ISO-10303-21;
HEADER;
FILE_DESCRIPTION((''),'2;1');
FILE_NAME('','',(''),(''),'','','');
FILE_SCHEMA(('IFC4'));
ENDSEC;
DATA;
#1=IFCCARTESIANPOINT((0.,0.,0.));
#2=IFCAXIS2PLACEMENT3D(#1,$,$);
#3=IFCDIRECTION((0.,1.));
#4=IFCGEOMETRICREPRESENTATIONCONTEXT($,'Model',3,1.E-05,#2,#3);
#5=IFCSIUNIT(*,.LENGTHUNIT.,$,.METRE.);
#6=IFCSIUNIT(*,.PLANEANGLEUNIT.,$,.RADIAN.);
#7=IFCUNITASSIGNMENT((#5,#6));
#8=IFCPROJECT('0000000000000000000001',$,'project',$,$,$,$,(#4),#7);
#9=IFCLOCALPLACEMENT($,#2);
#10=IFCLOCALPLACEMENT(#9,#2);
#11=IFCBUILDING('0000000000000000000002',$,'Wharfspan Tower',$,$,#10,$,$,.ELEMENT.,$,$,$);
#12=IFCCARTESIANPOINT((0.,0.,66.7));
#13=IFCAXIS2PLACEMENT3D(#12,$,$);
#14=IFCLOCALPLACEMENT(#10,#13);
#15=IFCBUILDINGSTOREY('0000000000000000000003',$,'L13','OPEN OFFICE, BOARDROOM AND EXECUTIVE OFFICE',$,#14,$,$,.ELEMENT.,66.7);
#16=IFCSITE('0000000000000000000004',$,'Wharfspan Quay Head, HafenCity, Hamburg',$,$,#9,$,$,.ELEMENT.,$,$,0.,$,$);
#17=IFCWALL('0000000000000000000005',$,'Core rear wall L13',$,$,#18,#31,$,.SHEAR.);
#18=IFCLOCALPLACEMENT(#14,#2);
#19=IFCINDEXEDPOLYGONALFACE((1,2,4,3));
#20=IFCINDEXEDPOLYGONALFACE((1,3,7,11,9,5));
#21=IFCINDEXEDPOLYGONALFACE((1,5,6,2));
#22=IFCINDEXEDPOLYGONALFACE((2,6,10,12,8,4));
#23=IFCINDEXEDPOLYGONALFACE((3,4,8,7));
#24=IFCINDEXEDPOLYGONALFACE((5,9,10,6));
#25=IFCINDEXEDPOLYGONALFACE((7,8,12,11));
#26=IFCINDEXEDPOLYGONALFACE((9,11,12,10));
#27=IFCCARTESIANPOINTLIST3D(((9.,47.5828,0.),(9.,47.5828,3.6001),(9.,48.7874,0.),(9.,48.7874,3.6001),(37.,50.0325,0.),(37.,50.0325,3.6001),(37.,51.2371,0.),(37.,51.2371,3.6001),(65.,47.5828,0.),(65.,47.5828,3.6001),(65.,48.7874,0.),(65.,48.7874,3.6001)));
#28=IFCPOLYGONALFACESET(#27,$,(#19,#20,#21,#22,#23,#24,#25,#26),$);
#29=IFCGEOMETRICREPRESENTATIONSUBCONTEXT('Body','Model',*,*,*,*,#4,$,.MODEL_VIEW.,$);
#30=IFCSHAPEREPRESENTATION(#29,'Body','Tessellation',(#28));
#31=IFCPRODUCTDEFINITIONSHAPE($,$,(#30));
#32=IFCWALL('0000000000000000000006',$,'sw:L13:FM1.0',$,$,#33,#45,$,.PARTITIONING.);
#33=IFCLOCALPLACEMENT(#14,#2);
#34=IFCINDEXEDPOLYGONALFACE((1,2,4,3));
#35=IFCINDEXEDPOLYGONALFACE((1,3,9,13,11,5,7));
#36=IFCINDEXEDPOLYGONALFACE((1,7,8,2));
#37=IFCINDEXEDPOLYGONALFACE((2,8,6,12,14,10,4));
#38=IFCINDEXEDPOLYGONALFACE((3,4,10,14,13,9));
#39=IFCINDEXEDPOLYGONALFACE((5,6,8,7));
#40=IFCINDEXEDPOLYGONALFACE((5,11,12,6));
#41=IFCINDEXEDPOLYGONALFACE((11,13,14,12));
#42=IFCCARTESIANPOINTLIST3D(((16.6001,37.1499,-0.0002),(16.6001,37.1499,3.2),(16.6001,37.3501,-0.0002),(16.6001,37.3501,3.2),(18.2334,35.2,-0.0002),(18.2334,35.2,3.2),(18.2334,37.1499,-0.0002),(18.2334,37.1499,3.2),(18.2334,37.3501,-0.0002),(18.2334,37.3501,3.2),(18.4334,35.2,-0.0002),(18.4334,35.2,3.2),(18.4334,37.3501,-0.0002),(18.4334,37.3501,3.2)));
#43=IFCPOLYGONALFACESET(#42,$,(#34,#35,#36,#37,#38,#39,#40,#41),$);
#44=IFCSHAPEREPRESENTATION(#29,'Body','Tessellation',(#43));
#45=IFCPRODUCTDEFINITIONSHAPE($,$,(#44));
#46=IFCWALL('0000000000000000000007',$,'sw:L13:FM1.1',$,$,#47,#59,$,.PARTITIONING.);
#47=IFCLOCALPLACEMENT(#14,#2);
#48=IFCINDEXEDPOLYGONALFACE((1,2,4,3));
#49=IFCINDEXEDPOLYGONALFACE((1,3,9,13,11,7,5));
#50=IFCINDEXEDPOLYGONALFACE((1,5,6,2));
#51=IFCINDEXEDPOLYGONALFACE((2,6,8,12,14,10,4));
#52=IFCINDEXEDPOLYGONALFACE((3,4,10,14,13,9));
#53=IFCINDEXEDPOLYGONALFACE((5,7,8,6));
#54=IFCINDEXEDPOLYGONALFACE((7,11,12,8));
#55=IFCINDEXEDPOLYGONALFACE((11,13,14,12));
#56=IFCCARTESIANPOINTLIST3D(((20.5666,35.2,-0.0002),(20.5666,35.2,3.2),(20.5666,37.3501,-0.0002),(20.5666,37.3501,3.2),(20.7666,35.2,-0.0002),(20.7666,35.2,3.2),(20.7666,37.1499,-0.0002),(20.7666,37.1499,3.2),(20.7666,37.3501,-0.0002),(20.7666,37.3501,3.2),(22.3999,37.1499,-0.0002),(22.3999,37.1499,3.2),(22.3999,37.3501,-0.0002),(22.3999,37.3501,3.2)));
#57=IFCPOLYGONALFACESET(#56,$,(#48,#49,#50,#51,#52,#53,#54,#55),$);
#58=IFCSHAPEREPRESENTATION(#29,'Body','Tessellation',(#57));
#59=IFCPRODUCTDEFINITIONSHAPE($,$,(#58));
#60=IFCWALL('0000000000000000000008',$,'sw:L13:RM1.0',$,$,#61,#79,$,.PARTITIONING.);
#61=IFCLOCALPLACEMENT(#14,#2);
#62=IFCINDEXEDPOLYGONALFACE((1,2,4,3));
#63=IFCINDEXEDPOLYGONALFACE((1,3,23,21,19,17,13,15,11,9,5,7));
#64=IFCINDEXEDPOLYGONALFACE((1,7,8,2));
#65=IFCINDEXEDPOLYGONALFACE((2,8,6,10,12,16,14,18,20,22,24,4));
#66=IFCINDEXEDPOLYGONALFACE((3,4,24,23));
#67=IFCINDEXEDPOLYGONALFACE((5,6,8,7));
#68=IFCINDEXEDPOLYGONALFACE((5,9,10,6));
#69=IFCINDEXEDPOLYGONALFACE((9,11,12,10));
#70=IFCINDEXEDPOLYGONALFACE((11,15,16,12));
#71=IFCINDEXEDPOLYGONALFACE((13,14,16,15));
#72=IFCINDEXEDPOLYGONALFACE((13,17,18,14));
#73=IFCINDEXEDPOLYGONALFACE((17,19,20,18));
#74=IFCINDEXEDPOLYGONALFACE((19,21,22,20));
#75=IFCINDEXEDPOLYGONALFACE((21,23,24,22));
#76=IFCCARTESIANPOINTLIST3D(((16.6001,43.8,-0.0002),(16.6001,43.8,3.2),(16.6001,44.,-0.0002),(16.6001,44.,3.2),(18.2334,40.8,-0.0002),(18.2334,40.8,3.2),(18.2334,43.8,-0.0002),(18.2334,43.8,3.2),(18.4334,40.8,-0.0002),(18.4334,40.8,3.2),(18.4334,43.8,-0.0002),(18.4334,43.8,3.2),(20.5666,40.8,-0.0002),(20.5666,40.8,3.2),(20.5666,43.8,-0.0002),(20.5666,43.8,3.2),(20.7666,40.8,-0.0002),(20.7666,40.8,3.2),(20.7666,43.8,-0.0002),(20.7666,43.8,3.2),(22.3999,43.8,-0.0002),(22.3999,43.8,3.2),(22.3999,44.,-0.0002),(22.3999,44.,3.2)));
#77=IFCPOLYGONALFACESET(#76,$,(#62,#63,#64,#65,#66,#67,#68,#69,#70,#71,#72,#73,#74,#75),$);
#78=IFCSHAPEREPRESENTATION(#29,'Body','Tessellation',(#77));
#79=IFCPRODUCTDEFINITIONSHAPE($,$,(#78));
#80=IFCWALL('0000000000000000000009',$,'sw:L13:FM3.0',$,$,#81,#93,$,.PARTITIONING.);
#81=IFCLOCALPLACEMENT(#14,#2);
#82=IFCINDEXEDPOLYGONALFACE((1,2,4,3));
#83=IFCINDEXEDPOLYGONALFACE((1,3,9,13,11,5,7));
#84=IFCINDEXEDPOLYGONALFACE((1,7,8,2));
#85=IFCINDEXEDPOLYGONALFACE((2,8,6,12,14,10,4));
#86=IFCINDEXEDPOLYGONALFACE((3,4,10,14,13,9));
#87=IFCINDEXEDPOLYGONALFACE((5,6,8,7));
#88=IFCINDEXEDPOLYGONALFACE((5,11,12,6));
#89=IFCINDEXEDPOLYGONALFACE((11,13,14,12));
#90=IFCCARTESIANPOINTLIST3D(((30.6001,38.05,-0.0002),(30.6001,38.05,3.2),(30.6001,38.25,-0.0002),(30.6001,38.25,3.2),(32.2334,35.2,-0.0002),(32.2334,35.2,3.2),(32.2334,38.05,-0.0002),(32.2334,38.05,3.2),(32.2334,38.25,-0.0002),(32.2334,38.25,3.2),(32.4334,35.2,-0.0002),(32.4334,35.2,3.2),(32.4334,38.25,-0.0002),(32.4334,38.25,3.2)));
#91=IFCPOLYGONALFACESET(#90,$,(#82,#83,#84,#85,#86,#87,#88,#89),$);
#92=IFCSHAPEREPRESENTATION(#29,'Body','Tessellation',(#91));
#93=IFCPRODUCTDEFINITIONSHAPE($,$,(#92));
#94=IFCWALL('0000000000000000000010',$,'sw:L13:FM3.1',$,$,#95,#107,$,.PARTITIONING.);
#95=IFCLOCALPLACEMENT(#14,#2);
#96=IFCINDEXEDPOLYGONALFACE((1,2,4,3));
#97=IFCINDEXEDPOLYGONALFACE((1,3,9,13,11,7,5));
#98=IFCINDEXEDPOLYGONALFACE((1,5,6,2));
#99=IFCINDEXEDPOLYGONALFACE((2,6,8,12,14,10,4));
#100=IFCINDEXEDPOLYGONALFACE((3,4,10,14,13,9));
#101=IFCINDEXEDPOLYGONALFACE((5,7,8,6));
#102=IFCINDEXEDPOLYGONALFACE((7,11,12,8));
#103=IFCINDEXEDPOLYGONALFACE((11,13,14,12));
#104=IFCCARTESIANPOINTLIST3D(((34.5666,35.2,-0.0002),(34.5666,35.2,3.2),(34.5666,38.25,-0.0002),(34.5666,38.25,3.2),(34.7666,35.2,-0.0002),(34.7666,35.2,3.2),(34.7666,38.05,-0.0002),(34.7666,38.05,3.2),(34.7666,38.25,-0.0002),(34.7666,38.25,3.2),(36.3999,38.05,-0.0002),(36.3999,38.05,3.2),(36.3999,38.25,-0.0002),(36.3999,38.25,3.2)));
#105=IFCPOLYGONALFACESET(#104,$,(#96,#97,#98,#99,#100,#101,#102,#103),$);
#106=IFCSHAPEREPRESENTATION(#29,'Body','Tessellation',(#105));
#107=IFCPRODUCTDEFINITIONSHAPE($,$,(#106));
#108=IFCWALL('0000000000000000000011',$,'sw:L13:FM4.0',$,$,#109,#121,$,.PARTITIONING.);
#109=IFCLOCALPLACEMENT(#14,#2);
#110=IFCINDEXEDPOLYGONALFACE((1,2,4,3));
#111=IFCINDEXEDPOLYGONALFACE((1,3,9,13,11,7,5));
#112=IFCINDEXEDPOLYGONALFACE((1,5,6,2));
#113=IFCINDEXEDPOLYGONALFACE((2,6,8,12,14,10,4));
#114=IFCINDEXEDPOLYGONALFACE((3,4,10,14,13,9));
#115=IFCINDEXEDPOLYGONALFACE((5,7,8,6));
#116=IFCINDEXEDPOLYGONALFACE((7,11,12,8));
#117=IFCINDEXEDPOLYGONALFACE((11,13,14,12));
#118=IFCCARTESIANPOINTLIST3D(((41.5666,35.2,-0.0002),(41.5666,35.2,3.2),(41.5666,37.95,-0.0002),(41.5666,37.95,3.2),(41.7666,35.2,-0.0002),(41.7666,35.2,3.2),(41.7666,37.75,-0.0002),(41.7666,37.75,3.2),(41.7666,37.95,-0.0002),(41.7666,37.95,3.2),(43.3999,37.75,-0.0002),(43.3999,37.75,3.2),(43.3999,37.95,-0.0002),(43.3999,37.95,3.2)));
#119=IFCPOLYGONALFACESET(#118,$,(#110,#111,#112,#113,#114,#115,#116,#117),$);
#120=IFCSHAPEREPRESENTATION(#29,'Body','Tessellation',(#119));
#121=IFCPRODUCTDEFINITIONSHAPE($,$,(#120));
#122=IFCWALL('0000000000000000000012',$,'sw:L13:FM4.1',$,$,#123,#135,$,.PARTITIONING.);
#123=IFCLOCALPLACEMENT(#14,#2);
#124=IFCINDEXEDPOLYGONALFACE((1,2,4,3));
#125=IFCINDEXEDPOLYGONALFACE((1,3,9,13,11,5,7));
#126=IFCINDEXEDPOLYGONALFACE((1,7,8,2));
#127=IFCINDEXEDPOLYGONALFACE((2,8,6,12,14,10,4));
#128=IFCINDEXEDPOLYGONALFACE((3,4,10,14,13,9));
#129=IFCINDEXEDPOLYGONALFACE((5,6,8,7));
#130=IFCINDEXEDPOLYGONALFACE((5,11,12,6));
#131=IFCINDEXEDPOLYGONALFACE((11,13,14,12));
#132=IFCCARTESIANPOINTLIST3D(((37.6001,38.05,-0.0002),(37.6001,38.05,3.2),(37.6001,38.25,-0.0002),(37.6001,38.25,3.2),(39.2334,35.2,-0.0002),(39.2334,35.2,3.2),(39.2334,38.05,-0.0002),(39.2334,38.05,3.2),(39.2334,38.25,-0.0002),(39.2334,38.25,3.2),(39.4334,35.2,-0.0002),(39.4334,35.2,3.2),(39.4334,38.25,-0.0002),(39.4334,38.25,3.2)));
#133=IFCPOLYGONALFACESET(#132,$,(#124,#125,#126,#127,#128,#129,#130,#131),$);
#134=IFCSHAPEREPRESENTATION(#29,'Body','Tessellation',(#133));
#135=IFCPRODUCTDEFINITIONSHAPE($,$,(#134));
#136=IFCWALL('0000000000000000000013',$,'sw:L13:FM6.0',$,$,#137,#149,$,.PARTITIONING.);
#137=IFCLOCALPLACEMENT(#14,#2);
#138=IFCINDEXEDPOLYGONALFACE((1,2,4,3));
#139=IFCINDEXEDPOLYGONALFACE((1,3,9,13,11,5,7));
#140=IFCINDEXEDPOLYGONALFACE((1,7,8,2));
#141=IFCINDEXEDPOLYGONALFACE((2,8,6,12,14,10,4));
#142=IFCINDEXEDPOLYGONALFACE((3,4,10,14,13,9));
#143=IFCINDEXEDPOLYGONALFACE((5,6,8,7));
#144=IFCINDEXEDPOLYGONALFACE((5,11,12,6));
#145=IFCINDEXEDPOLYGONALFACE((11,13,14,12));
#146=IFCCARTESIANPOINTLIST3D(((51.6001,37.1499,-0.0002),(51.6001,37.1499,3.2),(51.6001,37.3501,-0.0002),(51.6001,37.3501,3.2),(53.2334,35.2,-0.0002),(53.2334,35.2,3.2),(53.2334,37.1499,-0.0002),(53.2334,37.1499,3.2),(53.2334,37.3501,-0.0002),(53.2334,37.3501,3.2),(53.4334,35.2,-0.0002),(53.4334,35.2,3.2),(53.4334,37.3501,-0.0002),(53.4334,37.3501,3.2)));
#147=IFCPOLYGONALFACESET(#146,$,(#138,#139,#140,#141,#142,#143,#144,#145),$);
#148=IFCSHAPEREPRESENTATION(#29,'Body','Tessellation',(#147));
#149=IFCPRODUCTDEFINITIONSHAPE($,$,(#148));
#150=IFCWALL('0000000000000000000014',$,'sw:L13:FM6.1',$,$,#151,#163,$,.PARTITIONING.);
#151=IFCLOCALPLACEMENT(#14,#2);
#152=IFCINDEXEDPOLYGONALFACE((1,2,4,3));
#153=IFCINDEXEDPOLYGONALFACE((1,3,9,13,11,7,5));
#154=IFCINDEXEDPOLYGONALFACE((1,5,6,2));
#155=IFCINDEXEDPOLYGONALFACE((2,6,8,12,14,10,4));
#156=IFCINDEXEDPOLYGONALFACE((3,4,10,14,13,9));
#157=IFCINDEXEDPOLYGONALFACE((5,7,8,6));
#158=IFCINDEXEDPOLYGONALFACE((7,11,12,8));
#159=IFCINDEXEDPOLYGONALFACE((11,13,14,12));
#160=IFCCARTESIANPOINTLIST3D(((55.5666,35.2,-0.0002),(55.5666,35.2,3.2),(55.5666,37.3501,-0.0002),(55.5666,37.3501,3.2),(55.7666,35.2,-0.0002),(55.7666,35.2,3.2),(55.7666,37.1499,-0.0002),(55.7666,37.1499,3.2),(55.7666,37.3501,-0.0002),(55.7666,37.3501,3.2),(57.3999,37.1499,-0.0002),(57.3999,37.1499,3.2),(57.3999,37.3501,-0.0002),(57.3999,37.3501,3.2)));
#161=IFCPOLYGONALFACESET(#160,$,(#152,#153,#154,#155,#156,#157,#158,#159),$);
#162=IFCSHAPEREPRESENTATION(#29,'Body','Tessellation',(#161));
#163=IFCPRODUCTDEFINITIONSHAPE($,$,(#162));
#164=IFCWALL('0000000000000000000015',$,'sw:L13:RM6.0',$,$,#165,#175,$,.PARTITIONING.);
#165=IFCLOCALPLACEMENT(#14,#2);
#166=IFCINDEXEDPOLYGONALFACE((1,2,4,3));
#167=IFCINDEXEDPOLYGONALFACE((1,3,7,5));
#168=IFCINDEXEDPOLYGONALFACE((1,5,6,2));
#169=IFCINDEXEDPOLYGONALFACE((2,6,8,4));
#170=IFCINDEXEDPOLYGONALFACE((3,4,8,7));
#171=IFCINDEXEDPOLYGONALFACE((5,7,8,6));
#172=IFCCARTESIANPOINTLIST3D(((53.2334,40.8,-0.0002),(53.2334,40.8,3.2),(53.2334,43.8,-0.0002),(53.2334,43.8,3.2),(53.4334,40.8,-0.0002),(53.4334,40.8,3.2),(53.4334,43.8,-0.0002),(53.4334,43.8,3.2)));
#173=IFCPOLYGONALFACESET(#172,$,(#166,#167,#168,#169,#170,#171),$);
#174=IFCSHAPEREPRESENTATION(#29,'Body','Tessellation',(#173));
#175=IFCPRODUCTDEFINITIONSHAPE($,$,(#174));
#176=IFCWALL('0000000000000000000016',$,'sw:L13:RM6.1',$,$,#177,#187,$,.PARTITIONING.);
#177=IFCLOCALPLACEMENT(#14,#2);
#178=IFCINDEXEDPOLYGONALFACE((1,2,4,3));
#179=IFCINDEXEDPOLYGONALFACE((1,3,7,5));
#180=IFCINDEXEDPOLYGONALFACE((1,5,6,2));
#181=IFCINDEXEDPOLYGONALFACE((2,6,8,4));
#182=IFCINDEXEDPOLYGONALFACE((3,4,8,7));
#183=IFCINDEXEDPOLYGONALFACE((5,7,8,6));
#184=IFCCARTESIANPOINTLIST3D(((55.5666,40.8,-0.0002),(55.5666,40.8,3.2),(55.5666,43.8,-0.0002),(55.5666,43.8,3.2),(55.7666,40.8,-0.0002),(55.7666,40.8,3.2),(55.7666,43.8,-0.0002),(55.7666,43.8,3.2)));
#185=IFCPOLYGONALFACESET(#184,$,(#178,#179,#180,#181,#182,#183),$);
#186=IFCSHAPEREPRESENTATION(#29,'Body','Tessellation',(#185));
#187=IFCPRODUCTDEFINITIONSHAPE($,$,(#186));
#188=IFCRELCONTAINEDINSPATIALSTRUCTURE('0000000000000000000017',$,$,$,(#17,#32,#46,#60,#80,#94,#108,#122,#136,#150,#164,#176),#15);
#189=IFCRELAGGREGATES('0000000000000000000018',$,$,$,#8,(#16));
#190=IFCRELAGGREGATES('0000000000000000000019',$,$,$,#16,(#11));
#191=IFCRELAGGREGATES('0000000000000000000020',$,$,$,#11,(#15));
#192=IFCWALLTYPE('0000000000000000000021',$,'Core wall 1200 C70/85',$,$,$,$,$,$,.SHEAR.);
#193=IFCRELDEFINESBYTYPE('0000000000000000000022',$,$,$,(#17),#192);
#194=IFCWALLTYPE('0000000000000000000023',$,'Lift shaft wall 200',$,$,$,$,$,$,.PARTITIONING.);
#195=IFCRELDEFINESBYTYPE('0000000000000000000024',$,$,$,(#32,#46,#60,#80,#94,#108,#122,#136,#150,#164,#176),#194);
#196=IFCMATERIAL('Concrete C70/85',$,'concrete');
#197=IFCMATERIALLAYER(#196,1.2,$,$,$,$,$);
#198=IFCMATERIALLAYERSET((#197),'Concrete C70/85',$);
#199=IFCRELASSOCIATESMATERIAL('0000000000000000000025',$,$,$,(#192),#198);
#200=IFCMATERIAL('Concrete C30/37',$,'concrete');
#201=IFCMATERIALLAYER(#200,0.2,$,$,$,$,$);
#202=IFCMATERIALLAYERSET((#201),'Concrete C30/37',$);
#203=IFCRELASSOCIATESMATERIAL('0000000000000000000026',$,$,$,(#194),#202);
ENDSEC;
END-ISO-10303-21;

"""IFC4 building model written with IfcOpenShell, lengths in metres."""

from ifc_helpers import new_model, si_unit, direction, frame, origin, place, context, subcontext, project, spatial, polyline, outline, extrude, material, layer, layer_set, type_object, element, save


model = new_model("IFC4")

# Units and contexts
model_context = context("Model", 3, precision=1e-05, world=origin(), true_north=direction((0.0, 1.0)))
body_context = subcontext(model_context, "Body", "Model", "MODEL_VIEW")
ifc_project = project(units=[si_unit("LENGTHUNIT", "METRE"), si_unit("PLANEANGLEUNIT", "RADIAN")], contexts=[model_context])

# Site, building, storey
site_placement = place(None, origin())
site = spatial("IfcSite", under=ifc_project, at=site_placement, Name="Wharfspan Quay Head, HafenCity, Hamburg", CompositionType="ELEMENT", RefElevation=0.0)
building_placement = place(site_placement, origin())
building = spatial("IfcBuilding", under=site, at=building_placement, Name="Wharfspan Tower", CompositionType="ELEMENT")
storey_placement = place(building_placement, frame((0.0, 0.0, 66.7)))
storey = spatial("IfcBuildingStorey", under=building, at=storey_placement, Name="L13", Description="OPEN OFFICE, BOARDROOM AND EXECUTIVE OFFICE", CompositionType="ELEMENT", Elevation=66.7)

# Walls
ifc_material_1 = material(Name="Concrete C70/85", Category="concrete")
ifc_layer_1 = layer(ifc_material_1, 1.2)
ifc_layer_set_1 = layer_set([ifc_layer_1], Name="Concrete C70/85")
wall_type_1 = type_object("IfcWallType", Name="Core wall 1200 C70/85", PredefinedType="SHEAR", material=ifc_layer_set_1)
wall_1_placement = place(storey_placement, origin())
element("IfcWall", 1, at=wall_1_placement, inside=storey, type_object=wall_type_1, Name="Core rear wall L13", PredefinedType="SHEAR", context=body_context, shape_type="SweptSolid", body=[
    extrude(outline(polyline([(9.0, 47.5828), (37.0, 50.0325), (65.0, 47.5828), (65.0, 48.7874), (37.0, 51.2371), (9.0, 48.7874), (9.0, 47.5828)])), origin(), (0.0, 0.0, 1.0), 3.6001),
])
ifc_material_2 = material(Name="Concrete C30/37", Category="concrete")
ifc_layer_2 = layer(ifc_material_2, 0.2)
ifc_layer_set_2 = layer_set([ifc_layer_2], Name="Concrete C30/37")
wall_type_2 = type_object("IfcWallType", Name="Lift shaft wall 200", PredefinedType="PARTITIONING", material=ifc_layer_set_2)
wall_2_placement = place(storey_placement, frame((0.0, 0.0, -0.0002)))
element("IfcWall", 2, at=wall_2_placement, inside=storey, type_object=wall_type_2, Name="sw:L13:FM1.0", PredefinedType="PARTITIONING", context=body_context, shape_type="SweptSolid", body=[
    extrude(outline(polyline([(18.2334, 37.1499), (16.6001, 37.1499), (16.6001, 37.3501), (18.2334, 37.3501), (18.4334, 37.3501), (18.4334, 35.2), (18.2334, 35.2), (18.2334, 37.1499)])), origin(), (0.0, 0.0, 1.0), 3.2002),
])
wall_3_placement = place(storey_placement, frame((0.0, 0.0, -0.0002)))
element("IfcWall", 3, at=wall_3_placement, inside=storey, type_object=wall_type_2, Name="sw:L13:FM1.1", PredefinedType="PARTITIONING", context=body_context, shape_type="SweptSolid", body=[
    extrude(outline(polyline([(20.5666, 37.3501), (20.7666, 37.3501), (22.3999, 37.3501), (22.3999, 37.1499), (20.7666, 37.1499), (20.7666, 35.2), (20.5666, 35.2), (20.5666, 37.3501)])), origin(), (0.0, 0.0, 1.0), 3.2002),
])
wall_4_placement = place(storey_placement, frame((0.0, 0.0, -0.0002)))
element("IfcWall", 4, at=wall_4_placement, inside=storey, type_object=wall_type_2, Name="sw:L13:RM1.0", PredefinedType="PARTITIONING", context=body_context, shape_type="SweptSolid", body=[
    extrude(outline(polyline([(18.4334, 40.8), (18.2334, 40.8), (18.2334, 43.8), (16.6001, 43.8), (16.6001, 44.0), (22.3999, 44.0), (22.3999, 43.8), (20.7666, 43.8), (20.7666, 40.8), (20.5666, 40.8), (20.5666, 43.8), (18.4334, 43.8), (18.4334, 40.8)])), origin(), (0.0, 0.0, 1.0), 3.2002),
])
wall_5_placement = place(storey_placement, frame((0.0, 0.0, -0.0002)))
element("IfcWall", 5, at=wall_5_placement, inside=storey, type_object=wall_type_2, Name="sw:L13:FM3.0", PredefinedType="PARTITIONING", context=body_context, shape_type="SweptSolid", body=[
    extrude(outline(polyline([(32.2334, 38.05), (30.6001, 38.05), (30.6001, 38.25), (32.2334, 38.25), (32.4333, 38.25), (32.4333, 35.2), (32.2334, 35.2), (32.2334, 38.05)])), origin(), (0.0, 0.0, 1.0), 3.2002),
])
wall_6_placement = place(storey_placement, frame((0.0, 0.0, -0.0002)))
element("IfcWall", 6, at=wall_6_placement, inside=storey, type_object=wall_type_2, Name="sw:L13:FM3.1", PredefinedType="PARTITIONING", context=body_context, shape_type="SweptSolid", body=[
    extrude(outline(polyline([(34.5667, 38.25), (34.7666, 38.25), (36.3999, 38.25), (36.3999, 38.05), (34.7666, 38.05), (34.7666, 35.2), (34.5667, 35.2), (34.5667, 38.25)])), origin(), (0.0, 0.0, 1.0), 3.2002),
])
wall_7_placement = place(storey_placement, frame((0.0, 0.0, -0.0002)))
element("IfcWall", 7, at=wall_7_placement, inside=storey, type_object=wall_type_2, Name="sw:L13:FM4.0", PredefinedType="PARTITIONING", context=body_context, shape_type="SweptSolid", body=[
    extrude(outline(polyline([(41.5667, 37.95), (41.7666, 37.95), (43.3999, 37.95), (43.3999, 37.75), (41.7666, 37.75), (41.7666, 35.2), (41.5667, 35.2), (41.5667, 37.95)])), origin(), (0.0, 0.0, 1.0), 3.2002),
])
wall_8_placement = place(storey_placement, frame((0.0, 0.0, -0.0002)))
element("IfcWall", 8, at=wall_8_placement, inside=storey, type_object=wall_type_2, Name="sw:L13:FM4.1", PredefinedType="PARTITIONING", context=body_context, shape_type="SweptSolid", body=[
    extrude(outline(polyline([(39.2334, 38.05), (37.6001, 38.05), (37.6001, 38.25), (39.2334, 38.25), (39.4333, 38.25), (39.4333, 35.2), (39.2334, 35.2), (39.2334, 38.05)])), origin(), (0.0, 0.0, 1.0), 3.2002),
])
wall_9_placement = place(storey_placement, frame((0.0, 0.0, -0.0002)))
element("IfcWall", 9, at=wall_9_placement, inside=storey, type_object=wall_type_2, Name="sw:L13:FM6.0", PredefinedType="PARTITIONING", context=body_context, shape_type="SweptSolid", body=[
    extrude(outline(polyline([(53.2334, 37.1499), (51.6001, 37.1499), (51.6001, 37.3501), (53.2334, 37.3501), (53.4333, 37.3501), (53.4333, 35.2), (53.2334, 35.2), (53.2334, 37.1499)])), origin(), (0.0, 0.0, 1.0), 3.2002),
])
wall_10_placement = place(storey_placement, frame((0.0, 0.0, -0.0002)))
element("IfcWall", 10, at=wall_10_placement, inside=storey, type_object=wall_type_2, Name="sw:L13:FM6.1", PredefinedType="PARTITIONING", context=body_context, shape_type="SweptSolid", body=[
    extrude(outline(polyline([(55.5667, 37.3501), (55.7666, 37.3501), (57.3999, 37.3501), (57.3999, 37.1499), (55.7666, 37.1499), (55.7666, 35.2), (55.5667, 35.2), (55.5667, 37.3501)])), origin(), (0.0, 0.0, 1.0), 3.2002),
])
wall_11_placement = place(storey_placement, frame((0.0, 0.0, -0.0002)))
element("IfcWall", 11, at=wall_11_placement, inside=storey, type_object=wall_type_2, Name="sw:L13:RM6.0", PredefinedType="PARTITIONING", context=body_context, shape_type="SweptSolid", body=[
    extrude(outline(polyline([(53.2334, 40.8), (53.2334, 43.8), (53.4333, 43.8), (53.4333, 40.8), (53.2334, 40.8)])), origin(), (0.0, 0.0, 1.0), 3.2002),
])
wall_12_placement = place(storey_placement, frame((0.0, 0.0, -0.0002)))
element("IfcWall", 12, at=wall_12_placement, inside=storey, type_object=wall_type_2, Name="sw:L13:RM6.1", PredefinedType="PARTITIONING", context=body_context, shape_type="SweptSolid", body=[
    extrude(outline(polyline([(55.5667, 40.8), (55.5667, 43.8), (55.7666, 43.8), (55.7666, 40.8), (55.5667, 40.8)])), origin(), (0.0, 0.0, 1.0), 3.2002),
])

save(model, "model.ifc")
